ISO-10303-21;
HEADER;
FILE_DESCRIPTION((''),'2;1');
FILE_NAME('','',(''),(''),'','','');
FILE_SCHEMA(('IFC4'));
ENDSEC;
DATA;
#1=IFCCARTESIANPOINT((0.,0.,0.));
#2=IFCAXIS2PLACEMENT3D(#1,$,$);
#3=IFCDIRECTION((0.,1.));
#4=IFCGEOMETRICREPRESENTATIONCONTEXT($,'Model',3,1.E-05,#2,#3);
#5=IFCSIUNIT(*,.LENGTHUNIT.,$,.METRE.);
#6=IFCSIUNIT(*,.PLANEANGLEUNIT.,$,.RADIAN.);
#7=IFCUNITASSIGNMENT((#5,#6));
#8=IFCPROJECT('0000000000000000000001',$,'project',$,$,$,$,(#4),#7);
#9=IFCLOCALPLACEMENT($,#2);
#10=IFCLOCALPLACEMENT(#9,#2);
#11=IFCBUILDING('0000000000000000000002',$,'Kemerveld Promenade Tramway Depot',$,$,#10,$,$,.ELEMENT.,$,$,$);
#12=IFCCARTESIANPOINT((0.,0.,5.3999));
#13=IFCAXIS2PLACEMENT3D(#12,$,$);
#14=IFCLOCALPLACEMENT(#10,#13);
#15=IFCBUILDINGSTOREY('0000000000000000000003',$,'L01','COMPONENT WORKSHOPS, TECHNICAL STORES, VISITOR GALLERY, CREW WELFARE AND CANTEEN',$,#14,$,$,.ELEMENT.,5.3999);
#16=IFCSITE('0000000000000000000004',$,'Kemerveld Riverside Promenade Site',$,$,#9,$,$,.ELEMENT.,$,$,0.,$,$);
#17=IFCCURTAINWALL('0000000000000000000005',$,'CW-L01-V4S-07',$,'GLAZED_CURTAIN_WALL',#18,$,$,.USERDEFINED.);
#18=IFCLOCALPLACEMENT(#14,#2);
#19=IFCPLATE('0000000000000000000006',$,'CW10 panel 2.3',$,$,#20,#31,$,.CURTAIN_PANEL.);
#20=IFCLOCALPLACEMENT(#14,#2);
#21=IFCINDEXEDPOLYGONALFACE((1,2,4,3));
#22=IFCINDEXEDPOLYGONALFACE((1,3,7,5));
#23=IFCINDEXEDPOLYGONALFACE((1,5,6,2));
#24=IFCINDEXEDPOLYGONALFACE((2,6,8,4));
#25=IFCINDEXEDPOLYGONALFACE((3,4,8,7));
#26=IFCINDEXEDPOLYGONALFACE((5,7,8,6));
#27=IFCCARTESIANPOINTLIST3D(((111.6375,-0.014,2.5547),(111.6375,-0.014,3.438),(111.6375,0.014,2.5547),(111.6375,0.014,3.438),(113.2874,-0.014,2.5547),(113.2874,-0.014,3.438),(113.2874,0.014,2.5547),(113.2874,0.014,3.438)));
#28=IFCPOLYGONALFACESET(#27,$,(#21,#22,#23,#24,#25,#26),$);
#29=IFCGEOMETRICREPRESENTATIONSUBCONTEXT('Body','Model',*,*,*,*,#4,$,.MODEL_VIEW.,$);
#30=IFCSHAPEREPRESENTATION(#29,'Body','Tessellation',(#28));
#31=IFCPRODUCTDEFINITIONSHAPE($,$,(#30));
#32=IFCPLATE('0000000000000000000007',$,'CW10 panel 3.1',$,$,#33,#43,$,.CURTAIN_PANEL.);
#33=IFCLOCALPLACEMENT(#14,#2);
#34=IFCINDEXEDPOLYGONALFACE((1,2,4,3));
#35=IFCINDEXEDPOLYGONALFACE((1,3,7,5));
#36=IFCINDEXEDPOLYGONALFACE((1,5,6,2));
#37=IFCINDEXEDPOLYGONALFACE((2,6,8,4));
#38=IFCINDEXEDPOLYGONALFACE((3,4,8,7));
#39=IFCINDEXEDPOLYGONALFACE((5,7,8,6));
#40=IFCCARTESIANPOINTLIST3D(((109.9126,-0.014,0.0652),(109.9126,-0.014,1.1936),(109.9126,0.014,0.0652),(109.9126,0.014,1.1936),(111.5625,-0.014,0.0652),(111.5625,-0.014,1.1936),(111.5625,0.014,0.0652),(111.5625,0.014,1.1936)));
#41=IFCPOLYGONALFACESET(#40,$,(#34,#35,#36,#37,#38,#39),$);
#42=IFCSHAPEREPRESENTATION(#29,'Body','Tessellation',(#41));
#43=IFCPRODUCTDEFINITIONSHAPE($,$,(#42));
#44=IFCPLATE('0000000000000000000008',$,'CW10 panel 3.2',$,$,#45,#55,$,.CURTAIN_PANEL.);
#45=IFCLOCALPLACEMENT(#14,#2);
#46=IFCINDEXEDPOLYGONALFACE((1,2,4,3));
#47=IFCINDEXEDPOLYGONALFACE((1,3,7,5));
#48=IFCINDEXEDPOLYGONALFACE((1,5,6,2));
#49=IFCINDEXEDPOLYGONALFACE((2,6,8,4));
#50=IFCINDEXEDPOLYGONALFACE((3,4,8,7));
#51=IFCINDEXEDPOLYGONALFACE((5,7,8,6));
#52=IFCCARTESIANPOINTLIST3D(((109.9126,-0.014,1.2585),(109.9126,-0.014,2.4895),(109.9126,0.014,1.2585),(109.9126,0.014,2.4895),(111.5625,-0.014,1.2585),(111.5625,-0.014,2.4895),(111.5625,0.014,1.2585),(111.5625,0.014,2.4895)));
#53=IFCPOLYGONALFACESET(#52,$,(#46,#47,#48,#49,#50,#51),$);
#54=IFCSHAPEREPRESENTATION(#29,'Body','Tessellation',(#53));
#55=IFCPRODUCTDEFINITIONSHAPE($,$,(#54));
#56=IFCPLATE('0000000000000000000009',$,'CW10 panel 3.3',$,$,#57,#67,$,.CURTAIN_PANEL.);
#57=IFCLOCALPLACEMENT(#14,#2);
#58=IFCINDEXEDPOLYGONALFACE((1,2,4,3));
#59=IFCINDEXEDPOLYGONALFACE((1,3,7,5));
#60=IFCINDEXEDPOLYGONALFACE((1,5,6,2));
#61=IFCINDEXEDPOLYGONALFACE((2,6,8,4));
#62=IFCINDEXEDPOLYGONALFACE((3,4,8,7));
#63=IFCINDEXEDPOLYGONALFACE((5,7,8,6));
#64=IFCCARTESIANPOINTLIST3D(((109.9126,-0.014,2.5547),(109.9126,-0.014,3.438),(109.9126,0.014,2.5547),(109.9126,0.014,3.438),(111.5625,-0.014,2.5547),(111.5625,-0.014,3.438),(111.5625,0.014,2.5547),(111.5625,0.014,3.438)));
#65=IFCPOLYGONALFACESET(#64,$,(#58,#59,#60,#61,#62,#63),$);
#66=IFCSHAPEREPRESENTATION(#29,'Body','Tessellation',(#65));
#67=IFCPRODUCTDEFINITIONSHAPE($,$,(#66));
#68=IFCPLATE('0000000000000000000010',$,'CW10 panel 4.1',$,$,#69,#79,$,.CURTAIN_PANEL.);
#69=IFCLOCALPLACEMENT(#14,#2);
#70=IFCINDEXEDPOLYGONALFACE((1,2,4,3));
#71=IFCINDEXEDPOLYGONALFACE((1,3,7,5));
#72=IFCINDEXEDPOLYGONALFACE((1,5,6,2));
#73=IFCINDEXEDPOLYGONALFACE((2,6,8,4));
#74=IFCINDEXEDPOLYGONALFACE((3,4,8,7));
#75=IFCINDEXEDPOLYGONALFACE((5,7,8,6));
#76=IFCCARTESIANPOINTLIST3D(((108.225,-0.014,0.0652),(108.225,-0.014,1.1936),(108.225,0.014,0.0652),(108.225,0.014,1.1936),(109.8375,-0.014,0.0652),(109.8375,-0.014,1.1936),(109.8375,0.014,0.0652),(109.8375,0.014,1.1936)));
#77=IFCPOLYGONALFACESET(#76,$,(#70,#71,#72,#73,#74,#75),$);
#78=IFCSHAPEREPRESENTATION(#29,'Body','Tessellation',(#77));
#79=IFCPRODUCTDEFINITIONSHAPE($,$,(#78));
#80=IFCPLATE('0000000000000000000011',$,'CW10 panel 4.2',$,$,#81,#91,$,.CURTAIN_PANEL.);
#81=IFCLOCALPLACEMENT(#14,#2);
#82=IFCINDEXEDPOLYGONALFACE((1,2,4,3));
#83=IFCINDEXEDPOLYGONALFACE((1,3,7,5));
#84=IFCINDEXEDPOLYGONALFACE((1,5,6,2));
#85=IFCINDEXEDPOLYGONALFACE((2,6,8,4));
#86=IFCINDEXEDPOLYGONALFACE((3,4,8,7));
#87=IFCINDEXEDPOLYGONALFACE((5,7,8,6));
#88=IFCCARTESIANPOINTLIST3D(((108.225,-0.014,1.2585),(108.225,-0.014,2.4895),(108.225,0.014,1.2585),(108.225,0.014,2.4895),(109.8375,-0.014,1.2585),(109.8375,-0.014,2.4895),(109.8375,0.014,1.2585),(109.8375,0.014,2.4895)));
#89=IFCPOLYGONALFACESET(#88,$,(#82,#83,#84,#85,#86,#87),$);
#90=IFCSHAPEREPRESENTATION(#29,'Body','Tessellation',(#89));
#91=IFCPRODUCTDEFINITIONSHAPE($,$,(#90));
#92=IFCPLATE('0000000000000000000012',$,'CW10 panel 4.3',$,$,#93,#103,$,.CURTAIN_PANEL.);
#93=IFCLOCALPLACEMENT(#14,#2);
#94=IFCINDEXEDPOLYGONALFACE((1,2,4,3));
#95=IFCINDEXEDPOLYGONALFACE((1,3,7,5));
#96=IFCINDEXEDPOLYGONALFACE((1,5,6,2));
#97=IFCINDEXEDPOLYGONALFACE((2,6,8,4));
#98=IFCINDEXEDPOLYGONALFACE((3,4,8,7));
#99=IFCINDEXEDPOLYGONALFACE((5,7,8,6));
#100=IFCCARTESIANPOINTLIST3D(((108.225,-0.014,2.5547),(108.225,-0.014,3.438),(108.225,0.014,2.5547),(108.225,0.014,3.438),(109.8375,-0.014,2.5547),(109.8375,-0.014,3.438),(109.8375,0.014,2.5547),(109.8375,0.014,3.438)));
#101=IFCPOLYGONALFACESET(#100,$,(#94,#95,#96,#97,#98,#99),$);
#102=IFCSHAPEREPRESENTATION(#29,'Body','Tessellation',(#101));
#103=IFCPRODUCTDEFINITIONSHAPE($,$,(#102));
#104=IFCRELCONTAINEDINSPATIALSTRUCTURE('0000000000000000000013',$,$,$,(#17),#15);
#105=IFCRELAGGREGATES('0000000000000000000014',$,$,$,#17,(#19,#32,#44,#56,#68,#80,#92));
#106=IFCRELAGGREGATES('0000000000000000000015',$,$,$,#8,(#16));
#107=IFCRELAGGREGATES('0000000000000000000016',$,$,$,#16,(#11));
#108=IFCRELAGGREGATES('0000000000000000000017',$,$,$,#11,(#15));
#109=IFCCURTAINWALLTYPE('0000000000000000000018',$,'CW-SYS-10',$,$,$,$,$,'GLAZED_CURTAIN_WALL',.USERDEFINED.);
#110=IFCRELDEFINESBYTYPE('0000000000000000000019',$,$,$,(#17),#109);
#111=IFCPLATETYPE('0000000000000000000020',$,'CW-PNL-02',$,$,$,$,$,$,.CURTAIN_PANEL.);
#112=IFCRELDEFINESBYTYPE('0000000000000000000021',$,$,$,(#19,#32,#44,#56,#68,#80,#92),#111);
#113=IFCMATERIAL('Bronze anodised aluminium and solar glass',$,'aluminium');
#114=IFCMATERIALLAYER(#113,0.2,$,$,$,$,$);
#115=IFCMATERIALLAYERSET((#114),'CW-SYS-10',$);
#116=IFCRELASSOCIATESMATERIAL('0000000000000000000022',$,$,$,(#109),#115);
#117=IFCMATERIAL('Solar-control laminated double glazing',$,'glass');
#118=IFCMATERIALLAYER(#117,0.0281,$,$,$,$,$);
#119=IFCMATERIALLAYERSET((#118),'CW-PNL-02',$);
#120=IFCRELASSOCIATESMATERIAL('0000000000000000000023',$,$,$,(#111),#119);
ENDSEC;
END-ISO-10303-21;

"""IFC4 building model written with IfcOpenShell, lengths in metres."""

from ifc_helpers import new_model, si_unit, direction, frame, origin, origin_2d, place, context, subcontext, project, spatial, rectangle, extrude, material, layer, layer_set, type_object, element, aggregate, save


model = new_model("IFC4")

# Units and contexts
model_context = context("Model", 3, precision=1e-05, world=origin(), true_north=direction((0.0, 1.0)))
body_context = subcontext(model_context, "Body", "Model", "MODEL_VIEW")
ifc_project = project(units=[si_unit("LENGTHUNIT", "METRE"), si_unit("PLANEANGLEUNIT", "RADIAN")], contexts=[model_context])

# Site, building, storey
site_placement = place(None, origin())
site = spatial("IfcSite", under=ifc_project, at=site_placement, Name="Kemerveld Riverside Promenade Site", CompositionType="ELEMENT", RefElevation=0.0)
building_placement = place(site_placement, origin())
building = spatial("IfcBuilding", under=site, at=building_placement, Name="Kemerveld Promenade Tramway Depot", CompositionType="ELEMENT")
storey_placement = place(building_placement, frame((0.0, 0.0, 5.3999)))
storey = spatial("IfcBuildingStorey", under=building, at=storey_placement, Name="L01", Description="COMPONENT WORKSHOPS, TECHNICAL STORES, VISITOR GALLERY, CREW WELFARE AND CANTEEN", CompositionType="ELEMENT", Elevation=5.3999)

# Curtain wall, plates
ifc_material_1 = material(Name="Bronze anodised aluminium and solar glass", Category="aluminium")
ifc_layer_1 = layer(ifc_material_1, 0.2)
ifc_layer_set_1 = layer_set([ifc_layer_1], Name="CW-SYS-10")
curtain_wall_type = type_object("IfcCurtainWallType", Name="CW-SYS-10", ElementType="GLAZED_CURTAIN_WALL", PredefinedType="USERDEFINED", material=ifc_layer_set_1)
curtain_wall_placement = place(storey_placement, origin())
curtain_wall = element("IfcCurtainWall", 1, at=curtain_wall_placement, inside=storey, type_object=curtain_wall_type, Name="CW-L01-V4S-07", ObjectType="GLAZED_CURTAIN_WALL", PredefinedType="USERDEFINED")
ifc_material_2 = material(Name="Solar-control laminated double glazing", Category="glass")
ifc_layer_2 = layer(ifc_material_2, 0.0281)
ifc_layer_set_2 = layer_set([ifc_layer_2], Name="CW-PNL-02")
plate_type = type_object("IfcPlateType", Name="CW-PNL-02", PredefinedType="CURTAIN_PANEL", material=ifc_layer_set_2)
plate_1_placement = place(storey_placement, frame((112.4624, 0.0, 2.5547), z_axis=(0.0, 0.0, 1.0), x_axis=(-1.0, 0.0, 0.0)))
plate_1 = element("IfcPlate", 2, at=plate_1_placement, type_object=plate_type, Name="CW10 panel 2.3", PredefinedType="CURTAIN_PANEL", context=body_context, shape_type="SweptSolid", body=[
    extrude(rectangle(XDim=1.6499, YDim=0.0281, at=origin_2d()), origin(), (0.0, 0.0, 1.0), 0.8833),
])
plate_2_placement = place(storey_placement, frame((110.7375, 0.0, 0.0652), z_axis=(0.0, 0.0, 1.0), x_axis=(-1.0, 0.0, 0.0)))
plate_2 = element("IfcPlate", 3, at=plate_2_placement, type_object=plate_type, Name="CW10 panel 3.1", PredefinedType="CURTAIN_PANEL", context=body_context, shape_type="SweptSolid", body=[
    extrude(rectangle(XDim=1.6499, YDim=0.0281, at=origin_2d()), origin(), (0.0, 0.0, 1.0), 1.1284),
])
plate_3_placement = place(storey_placement, frame((110.7375, 0.0, 1.2585), z_axis=(0.0, 0.0, 1.0), x_axis=(-1.0, 0.0, 0.0)))
plate_3 = element("IfcPlate", 4, at=plate_3_placement, type_object=plate_type, Name="CW10 panel 3.2", PredefinedType="CURTAIN_PANEL", context=body_context, shape_type="SweptSolid", body=[
    extrude(rectangle(XDim=1.6499, YDim=0.0281, at=origin_2d()), origin(), (0.0, 0.0, 1.0), 1.231),
])
plate_4_placement = place(storey_placement, frame((110.7375, 0.0, 2.5547), z_axis=(0.0, 0.0, 1.0), x_axis=(-1.0, 0.0, 0.0)))
plate_4 = element("IfcPlate", 5, at=plate_4_placement, type_object=plate_type, Name="CW10 panel 3.3", PredefinedType="CURTAIN_PANEL", context=body_context, shape_type="SweptSolid", body=[
    extrude(rectangle(XDim=1.6499, YDim=0.0281, at=origin_2d()), origin(), (0.0, 0.0, 1.0), 0.8833),
])
plate_5_placement = place(storey_placement, frame((109.0312, 0.0, 0.0652), z_axis=(0.0, 0.0, 1.0), x_axis=(-1.0, 0.0, 0.0)))
plate_5 = element("IfcPlate", 6, at=plate_5_placement, type_object=plate_type, Name="CW10 panel 4.1", PredefinedType="CURTAIN_PANEL", context=body_context, shape_type="SweptSolid", body=[
    extrude(rectangle(XDim=1.6125, YDim=0.0281, at=origin_2d()), origin(), (0.0, 0.0, 1.0), 1.1284),
])
plate_6_placement = place(storey_placement, frame((109.0312, 0.0, 1.2585), z_axis=(0.0, 0.0, 1.0), x_axis=(-1.0, 0.0, 0.0)))
plate_6 = element("IfcPlate", 7, at=plate_6_placement, type_object=plate_type, Name="CW10 panel 4.2", PredefinedType="CURTAIN_PANEL", context=body_context, shape_type="SweptSolid", body=[
    extrude(rectangle(XDim=1.6125, YDim=0.0281, at=origin_2d()), origin(), (0.0, 0.0, 1.0), 1.231),
])
plate_7_placement = place(storey_placement, frame((109.0312, 0.0, 2.5547), z_axis=(0.0, 0.0, 1.0), x_axis=(-1.0, 0.0, 0.0)))
plate_7 = element("IfcPlate", 8, at=plate_7_placement, type_object=plate_type, Name="CW10 panel 4.3", PredefinedType="CURTAIN_PANEL", context=body_context, shape_type="SweptSolid", body=[
    extrude(rectangle(XDim=1.6125, YDim=0.0281, at=origin_2d()), origin(), (0.0, 0.0, 1.0), 0.8833),
])
aggregate(curtain_wall, [plate_1, plate_2, plate_3, plate_4, plate_5, plate_6, plate_7])

save(model, "model.ifc")
